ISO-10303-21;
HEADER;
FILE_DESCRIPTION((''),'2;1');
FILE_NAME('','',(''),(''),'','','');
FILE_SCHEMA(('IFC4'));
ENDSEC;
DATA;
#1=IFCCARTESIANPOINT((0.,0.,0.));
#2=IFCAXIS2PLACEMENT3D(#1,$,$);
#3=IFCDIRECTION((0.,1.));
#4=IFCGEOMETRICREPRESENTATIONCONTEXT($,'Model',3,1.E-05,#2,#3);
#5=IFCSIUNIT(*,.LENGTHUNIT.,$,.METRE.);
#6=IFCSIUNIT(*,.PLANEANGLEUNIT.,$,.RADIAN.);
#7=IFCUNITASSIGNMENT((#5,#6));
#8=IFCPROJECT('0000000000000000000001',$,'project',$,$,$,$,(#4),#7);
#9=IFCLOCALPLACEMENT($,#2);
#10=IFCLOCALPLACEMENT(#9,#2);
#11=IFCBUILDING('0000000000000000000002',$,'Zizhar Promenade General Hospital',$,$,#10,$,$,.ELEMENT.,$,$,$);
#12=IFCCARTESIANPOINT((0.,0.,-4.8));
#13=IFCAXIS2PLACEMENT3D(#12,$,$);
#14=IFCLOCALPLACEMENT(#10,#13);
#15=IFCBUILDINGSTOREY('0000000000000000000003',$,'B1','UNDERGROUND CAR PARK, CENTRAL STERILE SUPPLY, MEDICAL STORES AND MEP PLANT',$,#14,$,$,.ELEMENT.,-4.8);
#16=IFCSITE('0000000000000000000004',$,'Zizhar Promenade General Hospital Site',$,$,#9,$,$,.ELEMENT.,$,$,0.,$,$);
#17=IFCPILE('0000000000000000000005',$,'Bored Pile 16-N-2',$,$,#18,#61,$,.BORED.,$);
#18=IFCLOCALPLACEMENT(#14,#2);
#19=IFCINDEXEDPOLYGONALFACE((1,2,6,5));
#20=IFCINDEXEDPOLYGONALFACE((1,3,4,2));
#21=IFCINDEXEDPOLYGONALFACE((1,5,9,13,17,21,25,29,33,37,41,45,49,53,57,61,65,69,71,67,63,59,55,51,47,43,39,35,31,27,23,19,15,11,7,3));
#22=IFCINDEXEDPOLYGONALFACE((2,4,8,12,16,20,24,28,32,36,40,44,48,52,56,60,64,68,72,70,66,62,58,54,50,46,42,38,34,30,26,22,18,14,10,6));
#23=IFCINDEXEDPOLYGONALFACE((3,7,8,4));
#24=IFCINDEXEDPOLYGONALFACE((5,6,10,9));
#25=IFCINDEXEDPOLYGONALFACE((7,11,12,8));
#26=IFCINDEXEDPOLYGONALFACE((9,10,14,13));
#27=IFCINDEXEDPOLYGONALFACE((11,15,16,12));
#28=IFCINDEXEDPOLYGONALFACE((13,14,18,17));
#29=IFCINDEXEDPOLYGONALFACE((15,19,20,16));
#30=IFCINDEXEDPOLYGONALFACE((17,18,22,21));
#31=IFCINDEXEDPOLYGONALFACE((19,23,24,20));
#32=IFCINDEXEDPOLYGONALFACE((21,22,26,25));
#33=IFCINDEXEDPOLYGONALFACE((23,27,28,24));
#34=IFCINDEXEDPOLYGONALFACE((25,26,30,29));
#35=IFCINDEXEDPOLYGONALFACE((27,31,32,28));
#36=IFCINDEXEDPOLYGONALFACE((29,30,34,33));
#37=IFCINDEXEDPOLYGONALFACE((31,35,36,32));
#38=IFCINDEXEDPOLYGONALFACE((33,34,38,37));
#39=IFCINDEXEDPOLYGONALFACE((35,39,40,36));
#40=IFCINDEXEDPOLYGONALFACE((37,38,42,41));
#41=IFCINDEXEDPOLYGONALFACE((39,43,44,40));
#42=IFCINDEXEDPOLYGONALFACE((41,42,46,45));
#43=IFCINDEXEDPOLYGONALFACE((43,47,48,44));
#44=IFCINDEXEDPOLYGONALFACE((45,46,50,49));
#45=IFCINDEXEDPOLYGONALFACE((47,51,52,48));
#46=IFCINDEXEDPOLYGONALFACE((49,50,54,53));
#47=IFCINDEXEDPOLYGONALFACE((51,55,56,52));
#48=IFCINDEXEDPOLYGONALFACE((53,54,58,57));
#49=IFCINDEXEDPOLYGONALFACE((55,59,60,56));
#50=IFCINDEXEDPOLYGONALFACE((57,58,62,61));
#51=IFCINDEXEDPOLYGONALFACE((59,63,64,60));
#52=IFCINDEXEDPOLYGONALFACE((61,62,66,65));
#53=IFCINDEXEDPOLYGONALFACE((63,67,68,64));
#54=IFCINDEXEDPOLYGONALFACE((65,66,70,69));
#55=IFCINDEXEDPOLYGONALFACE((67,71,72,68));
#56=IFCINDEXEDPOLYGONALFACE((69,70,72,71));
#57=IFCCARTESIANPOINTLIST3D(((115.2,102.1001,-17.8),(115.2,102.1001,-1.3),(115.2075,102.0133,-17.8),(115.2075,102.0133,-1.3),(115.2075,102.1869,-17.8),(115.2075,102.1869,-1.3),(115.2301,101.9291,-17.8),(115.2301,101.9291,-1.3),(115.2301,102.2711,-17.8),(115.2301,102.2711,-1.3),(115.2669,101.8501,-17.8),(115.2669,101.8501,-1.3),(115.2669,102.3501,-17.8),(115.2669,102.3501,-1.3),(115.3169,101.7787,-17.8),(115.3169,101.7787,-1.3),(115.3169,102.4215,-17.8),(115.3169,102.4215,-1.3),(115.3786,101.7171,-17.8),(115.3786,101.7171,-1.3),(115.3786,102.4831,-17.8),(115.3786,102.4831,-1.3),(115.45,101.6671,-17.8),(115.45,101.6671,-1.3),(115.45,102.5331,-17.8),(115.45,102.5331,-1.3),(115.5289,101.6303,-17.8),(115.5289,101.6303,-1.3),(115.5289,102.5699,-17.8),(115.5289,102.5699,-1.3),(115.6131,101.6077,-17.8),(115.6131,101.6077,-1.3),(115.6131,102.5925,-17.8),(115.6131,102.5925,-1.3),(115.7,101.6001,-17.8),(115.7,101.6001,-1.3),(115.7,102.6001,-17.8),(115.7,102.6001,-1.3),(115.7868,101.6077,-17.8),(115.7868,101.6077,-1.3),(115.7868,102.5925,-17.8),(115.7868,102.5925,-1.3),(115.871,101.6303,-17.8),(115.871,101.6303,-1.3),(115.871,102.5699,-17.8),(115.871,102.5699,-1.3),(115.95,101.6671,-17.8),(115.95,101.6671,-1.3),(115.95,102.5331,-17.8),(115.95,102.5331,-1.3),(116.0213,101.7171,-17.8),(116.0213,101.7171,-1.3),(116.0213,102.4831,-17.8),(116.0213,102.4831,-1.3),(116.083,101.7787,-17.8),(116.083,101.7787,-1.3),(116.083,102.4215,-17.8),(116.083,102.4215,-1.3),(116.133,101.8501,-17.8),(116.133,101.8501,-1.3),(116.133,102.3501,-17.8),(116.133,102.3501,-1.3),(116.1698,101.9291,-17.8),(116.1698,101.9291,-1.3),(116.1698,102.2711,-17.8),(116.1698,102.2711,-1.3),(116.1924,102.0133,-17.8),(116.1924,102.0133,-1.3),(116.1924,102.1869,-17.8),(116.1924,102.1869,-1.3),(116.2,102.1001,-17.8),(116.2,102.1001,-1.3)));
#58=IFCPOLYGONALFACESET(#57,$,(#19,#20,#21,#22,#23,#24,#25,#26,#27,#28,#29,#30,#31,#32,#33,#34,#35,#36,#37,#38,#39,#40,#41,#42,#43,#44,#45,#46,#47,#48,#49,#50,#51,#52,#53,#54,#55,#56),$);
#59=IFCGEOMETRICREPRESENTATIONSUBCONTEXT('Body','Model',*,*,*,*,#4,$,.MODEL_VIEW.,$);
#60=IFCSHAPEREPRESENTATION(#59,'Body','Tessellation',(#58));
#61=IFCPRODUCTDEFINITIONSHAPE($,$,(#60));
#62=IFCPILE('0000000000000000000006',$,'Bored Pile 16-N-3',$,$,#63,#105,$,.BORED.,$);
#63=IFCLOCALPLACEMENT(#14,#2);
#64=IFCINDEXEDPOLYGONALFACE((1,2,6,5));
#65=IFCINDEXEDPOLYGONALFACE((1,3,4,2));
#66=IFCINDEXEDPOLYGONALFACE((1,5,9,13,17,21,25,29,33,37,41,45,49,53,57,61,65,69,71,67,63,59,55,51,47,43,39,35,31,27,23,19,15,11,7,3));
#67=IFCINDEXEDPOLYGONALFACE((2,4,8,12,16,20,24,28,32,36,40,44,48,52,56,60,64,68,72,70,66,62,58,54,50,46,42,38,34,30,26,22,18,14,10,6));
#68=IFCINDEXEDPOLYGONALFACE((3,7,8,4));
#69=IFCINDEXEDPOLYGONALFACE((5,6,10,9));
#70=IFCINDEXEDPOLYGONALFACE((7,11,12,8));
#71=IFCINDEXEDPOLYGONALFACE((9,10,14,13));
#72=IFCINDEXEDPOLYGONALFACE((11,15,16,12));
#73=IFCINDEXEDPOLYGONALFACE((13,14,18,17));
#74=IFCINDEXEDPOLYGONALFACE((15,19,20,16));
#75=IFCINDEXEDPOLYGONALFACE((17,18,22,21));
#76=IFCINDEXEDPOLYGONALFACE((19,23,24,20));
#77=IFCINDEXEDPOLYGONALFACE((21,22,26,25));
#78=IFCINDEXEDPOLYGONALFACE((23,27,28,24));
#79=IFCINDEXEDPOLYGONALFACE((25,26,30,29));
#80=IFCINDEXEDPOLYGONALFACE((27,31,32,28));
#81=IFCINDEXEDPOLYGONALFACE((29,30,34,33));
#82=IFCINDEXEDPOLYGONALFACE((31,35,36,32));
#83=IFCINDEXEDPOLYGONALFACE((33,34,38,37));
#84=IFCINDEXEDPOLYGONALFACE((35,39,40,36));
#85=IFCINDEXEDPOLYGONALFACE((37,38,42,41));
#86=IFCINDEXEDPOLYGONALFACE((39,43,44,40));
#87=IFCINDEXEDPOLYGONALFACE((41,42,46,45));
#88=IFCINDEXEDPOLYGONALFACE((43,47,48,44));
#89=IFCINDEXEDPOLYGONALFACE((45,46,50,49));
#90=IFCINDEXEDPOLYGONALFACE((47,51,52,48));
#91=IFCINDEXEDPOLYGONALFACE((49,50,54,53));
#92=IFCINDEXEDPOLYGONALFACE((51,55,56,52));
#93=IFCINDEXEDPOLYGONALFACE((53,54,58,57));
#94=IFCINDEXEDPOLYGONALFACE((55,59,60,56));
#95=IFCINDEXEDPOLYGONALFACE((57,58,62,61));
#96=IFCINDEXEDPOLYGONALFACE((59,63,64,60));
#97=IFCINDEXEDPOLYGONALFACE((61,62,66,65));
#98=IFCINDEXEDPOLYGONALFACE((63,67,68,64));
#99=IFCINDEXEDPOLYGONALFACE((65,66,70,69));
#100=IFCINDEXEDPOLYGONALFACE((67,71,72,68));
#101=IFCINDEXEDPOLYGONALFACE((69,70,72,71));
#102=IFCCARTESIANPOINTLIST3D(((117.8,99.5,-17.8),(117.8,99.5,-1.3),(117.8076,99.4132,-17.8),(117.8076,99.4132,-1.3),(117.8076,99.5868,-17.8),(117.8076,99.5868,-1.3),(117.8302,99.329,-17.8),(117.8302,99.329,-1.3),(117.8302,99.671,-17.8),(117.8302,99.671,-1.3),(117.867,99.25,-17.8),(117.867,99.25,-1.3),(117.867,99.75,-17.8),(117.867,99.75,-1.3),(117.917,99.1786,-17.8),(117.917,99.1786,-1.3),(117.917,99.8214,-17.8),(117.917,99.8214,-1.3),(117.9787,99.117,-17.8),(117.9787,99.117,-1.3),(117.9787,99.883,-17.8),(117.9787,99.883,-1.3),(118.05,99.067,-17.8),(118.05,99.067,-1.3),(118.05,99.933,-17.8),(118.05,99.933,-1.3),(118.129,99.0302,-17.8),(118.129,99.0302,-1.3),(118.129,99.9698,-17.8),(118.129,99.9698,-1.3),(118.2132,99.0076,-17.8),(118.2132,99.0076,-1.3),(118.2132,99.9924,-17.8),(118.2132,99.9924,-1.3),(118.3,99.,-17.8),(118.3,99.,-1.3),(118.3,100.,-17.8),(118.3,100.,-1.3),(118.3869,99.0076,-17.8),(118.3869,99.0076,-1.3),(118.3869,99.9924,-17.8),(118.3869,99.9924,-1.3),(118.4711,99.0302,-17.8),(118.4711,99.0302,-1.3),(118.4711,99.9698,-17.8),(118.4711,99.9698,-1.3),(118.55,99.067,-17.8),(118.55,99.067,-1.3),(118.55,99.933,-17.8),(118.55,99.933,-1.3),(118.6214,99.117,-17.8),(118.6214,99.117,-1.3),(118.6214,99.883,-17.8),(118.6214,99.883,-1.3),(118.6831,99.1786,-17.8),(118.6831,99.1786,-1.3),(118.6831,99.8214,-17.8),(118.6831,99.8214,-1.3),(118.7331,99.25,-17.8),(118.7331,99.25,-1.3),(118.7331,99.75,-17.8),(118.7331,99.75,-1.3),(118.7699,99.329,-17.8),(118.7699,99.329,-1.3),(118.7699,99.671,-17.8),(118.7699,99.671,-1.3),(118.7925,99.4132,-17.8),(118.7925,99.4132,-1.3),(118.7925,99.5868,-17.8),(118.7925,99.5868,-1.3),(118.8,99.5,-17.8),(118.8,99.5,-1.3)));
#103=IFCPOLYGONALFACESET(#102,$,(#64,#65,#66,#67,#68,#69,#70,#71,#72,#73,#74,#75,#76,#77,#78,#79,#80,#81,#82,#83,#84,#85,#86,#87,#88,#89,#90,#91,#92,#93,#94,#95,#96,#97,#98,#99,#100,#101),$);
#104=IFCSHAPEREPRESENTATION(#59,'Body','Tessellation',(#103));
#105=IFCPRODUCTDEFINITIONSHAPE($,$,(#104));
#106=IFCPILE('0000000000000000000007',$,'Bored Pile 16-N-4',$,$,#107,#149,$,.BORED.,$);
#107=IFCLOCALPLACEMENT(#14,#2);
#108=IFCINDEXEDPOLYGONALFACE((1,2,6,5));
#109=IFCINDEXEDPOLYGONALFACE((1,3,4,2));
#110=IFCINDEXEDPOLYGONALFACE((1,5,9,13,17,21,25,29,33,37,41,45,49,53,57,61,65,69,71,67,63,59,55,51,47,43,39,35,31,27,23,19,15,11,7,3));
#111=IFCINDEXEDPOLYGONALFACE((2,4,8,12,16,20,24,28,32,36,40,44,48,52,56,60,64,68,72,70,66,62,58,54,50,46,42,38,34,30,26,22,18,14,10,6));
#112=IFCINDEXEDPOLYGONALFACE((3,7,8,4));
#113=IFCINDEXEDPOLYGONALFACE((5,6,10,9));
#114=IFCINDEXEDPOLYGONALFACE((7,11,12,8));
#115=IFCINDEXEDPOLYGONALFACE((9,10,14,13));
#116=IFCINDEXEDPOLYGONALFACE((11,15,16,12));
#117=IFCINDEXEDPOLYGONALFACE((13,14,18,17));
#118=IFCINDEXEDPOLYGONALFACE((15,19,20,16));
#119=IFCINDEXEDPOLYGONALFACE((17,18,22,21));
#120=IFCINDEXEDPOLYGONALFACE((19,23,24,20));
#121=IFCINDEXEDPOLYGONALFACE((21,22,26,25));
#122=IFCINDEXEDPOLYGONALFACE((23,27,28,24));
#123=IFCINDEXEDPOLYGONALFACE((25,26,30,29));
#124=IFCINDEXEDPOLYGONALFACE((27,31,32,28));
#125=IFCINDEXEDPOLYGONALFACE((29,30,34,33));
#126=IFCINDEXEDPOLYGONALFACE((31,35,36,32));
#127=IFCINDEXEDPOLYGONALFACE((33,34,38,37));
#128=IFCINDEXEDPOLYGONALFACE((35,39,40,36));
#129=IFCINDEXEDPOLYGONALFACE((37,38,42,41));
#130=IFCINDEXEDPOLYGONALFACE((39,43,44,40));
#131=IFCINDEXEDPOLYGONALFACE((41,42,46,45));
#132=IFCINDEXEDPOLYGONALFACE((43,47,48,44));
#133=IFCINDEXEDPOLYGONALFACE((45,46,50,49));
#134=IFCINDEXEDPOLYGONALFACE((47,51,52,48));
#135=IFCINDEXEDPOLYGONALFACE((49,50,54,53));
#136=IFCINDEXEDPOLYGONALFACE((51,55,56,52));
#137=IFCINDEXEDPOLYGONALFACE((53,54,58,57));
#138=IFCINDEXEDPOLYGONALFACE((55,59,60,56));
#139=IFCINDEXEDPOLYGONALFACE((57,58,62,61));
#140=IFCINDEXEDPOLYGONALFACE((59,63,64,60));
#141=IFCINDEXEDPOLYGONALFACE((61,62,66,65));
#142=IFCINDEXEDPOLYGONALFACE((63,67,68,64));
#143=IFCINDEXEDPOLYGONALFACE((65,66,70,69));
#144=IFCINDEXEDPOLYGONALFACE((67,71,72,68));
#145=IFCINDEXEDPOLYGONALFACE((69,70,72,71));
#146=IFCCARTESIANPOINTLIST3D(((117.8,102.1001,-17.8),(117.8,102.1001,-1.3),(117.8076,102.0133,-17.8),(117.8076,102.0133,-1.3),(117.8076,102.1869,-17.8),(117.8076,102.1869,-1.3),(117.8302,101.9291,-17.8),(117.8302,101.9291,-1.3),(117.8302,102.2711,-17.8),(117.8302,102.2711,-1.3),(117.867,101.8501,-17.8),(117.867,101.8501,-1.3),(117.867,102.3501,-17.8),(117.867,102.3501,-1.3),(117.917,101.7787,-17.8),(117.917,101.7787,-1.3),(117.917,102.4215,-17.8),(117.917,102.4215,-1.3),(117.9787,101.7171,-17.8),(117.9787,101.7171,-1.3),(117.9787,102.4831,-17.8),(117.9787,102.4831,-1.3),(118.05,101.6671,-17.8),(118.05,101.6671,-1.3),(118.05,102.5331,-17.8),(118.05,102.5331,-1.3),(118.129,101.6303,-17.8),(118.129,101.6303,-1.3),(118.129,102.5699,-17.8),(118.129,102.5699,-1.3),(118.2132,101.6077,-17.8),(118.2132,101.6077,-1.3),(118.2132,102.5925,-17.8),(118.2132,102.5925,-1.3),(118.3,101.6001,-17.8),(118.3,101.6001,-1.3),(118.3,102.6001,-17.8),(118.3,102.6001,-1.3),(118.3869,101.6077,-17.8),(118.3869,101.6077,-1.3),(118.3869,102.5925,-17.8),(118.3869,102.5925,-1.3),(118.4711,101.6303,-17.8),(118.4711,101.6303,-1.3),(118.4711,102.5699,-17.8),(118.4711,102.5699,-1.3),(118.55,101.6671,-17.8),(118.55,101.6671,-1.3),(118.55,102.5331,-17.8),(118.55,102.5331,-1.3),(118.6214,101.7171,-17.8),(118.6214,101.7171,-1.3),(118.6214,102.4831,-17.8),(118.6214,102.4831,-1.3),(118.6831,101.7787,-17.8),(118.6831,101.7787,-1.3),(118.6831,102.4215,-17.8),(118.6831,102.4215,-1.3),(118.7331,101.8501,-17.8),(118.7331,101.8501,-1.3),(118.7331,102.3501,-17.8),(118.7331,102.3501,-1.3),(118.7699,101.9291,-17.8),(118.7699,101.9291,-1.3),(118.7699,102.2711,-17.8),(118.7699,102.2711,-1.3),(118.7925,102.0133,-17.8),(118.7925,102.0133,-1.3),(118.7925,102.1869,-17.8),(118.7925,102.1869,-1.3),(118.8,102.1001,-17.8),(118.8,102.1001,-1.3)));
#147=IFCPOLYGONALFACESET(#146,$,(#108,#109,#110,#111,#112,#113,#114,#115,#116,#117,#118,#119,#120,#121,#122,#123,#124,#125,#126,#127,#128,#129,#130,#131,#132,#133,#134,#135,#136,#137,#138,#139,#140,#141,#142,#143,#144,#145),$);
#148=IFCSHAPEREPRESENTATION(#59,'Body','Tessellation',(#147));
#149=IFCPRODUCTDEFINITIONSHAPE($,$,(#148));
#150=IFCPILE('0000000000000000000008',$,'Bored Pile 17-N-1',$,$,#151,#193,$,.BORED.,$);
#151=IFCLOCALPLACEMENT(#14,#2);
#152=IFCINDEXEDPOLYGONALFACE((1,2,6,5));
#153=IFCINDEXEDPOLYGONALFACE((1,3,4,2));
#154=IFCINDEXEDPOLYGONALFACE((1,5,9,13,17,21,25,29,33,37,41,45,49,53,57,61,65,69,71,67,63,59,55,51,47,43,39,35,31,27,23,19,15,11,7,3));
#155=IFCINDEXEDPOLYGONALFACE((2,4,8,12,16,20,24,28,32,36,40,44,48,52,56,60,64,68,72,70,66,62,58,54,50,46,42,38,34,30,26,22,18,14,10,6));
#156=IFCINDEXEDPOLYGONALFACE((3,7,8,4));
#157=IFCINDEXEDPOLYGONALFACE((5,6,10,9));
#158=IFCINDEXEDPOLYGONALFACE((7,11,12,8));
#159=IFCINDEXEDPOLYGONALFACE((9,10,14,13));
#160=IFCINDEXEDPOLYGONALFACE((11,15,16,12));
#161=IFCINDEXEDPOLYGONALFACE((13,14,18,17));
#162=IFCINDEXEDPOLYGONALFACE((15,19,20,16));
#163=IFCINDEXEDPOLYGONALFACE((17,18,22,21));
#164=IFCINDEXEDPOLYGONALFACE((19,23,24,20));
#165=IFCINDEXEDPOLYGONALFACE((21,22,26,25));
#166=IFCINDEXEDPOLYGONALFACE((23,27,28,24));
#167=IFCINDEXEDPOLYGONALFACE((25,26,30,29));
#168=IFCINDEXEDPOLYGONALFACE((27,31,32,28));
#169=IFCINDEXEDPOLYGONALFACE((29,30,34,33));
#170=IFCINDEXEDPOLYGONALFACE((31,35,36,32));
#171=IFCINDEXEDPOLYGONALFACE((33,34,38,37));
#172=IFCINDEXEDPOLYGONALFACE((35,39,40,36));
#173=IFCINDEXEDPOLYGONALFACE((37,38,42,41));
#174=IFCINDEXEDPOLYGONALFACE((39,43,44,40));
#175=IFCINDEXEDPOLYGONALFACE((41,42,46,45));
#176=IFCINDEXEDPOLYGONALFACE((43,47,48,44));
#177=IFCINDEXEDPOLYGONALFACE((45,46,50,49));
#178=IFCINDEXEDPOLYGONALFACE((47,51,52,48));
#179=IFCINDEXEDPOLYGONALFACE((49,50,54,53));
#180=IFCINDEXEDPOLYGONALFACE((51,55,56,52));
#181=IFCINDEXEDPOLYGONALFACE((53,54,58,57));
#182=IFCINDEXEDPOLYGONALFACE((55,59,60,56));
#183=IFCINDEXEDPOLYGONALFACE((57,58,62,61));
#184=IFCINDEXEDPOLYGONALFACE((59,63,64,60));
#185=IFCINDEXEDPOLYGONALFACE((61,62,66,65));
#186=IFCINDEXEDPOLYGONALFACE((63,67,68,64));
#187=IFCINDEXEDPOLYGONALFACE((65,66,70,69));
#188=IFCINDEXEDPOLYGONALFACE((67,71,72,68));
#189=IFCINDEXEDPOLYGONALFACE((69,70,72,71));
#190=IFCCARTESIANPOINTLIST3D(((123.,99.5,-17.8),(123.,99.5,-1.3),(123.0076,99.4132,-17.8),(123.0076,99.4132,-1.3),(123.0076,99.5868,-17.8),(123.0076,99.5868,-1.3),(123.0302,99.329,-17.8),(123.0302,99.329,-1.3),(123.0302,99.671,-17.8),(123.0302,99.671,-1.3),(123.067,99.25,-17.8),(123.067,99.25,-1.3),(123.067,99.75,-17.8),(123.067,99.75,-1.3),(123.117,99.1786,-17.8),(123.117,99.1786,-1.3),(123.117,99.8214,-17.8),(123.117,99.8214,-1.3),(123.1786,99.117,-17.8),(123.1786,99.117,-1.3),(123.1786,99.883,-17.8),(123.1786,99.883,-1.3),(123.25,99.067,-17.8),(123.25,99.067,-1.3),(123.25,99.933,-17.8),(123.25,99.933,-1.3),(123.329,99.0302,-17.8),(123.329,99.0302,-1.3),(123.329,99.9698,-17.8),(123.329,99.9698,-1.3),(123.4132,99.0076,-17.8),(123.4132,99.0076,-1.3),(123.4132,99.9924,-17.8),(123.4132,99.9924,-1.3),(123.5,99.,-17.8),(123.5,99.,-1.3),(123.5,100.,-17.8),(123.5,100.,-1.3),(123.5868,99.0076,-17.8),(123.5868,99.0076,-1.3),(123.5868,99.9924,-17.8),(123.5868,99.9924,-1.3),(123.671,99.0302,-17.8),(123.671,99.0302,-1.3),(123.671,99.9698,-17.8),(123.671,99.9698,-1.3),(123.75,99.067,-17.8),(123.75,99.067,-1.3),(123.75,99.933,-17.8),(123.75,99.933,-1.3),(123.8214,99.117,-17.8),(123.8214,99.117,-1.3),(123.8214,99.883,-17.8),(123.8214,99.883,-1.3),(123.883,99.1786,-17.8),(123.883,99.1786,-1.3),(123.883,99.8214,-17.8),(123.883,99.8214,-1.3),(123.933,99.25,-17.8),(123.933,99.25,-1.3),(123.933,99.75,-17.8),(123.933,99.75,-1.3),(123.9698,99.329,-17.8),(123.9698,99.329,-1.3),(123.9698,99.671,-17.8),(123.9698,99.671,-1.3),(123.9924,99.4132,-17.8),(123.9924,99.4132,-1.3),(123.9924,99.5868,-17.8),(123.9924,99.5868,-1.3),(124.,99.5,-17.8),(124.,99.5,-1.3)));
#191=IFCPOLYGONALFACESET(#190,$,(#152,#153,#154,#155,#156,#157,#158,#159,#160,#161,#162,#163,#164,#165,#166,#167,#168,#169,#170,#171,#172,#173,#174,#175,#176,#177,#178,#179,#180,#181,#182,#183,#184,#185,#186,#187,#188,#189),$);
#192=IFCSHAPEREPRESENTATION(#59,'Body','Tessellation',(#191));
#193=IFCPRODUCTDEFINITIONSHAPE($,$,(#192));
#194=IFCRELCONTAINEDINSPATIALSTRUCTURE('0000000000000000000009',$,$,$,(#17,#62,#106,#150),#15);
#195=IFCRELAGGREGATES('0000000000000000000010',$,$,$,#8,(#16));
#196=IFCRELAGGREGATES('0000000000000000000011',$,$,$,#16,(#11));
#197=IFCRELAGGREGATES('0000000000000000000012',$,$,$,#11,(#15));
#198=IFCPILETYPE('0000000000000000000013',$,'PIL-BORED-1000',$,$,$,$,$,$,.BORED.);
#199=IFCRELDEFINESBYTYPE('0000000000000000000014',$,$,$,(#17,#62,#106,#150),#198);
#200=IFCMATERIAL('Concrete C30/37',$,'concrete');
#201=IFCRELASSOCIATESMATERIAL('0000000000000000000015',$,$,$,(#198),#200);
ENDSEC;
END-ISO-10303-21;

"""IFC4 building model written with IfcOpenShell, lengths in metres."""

from ifc_helpers import new_model, si_unit, direction, frame, origin, origin_2d, place, context, subcontext, project, spatial, circle, extrude, material, material_profile, profile_set, type_object, element, save


model = new_model("IFC4")

# Units and contexts
model_context = context("Model", 3, precision=1e-05, world=origin(), true_north=direction((0.0, 1.0)))
body_context = subcontext(model_context, "Body", "Model", "MODEL_VIEW")
ifc_project = project(units=[si_unit("LENGTHUNIT", "METRE"), si_unit("PLANEANGLEUNIT", "RADIAN")], contexts=[model_context])

# Site, building, storey
site_placement = place(None, origin())
site = spatial("IfcSite", under=ifc_project, at=site_placement, Name="Zizhar Promenade General Hospital Site", CompositionType="ELEMENT", RefElevation=0.0)
building_placement = place(site_placement, origin())
building = spatial("IfcBuilding", under=site, at=building_placement, Name="Zizhar Promenade General Hospital", CompositionType="ELEMENT")
storey_placement = place(building_placement, frame((0.0, 0.0, -4.8)))
storey = spatial("IfcBuildingStorey", under=building, at=storey_placement, Name="B1", Description="UNDERGROUND CAR PARK, CENTRAL STERILE SUPPLY, MEDICAL STORES AND MEP PLANT", CompositionType="ELEMENT", Elevation=-4.8)

# Piles
ifc_material_1 = material(Name="Concrete C30/37", Category="concrete")
ifc_material_profile_1 = material_profile(ifc_material_1, circle(Radius=0.5, at=origin_2d()))
ifc_profile_set_1 = profile_set([ifc_material_profile_1], Name="Concrete C30/37")
pile_type = type_object("IfcPileType", Name="PIL-BORED-1000", PredefinedType="BORED", material=ifc_profile_set_1)
for number, where, z_axis, x_axis, name in (
    (1, (115.7, 102.1001, -1.3), (0.0, 0.0, -1.0), (1.0, 0.0, 0.0), "Bored Pile 16-N-2"),
    (2, (118.3, 99.5, -1.3), (0.0, 0.0, -1.0), (1.0, 0.0, 0.0), "Bored Pile 16-N-3"),
    (3, (118.3, 102.1001, -1.3), (0.0, 0.0, -1.0), (1.0, 0.0, 0.0), "Bored Pile 16-N-4"),
    (4, (123.5, 99.5, -1.3), (0.0, 0.0, -1.0), (1.0, 0.0, 0.0), "Bored Pile 17-N-1"),
):
    element("IfcPile", number, at=place(storey_placement, frame(where, z_axis=z_axis, x_axis=x_axis)), inside=storey, type_object=pile_type, Name=name, PredefinedType="BORED", context=body_context, shape_type="SweptSolid", body=[
        extrude(circle(Radius=0.5, at=origin_2d()), origin(), (0.0, 0.0, 1.0), 16.5),
    ])

save(model, "model.ifc")
